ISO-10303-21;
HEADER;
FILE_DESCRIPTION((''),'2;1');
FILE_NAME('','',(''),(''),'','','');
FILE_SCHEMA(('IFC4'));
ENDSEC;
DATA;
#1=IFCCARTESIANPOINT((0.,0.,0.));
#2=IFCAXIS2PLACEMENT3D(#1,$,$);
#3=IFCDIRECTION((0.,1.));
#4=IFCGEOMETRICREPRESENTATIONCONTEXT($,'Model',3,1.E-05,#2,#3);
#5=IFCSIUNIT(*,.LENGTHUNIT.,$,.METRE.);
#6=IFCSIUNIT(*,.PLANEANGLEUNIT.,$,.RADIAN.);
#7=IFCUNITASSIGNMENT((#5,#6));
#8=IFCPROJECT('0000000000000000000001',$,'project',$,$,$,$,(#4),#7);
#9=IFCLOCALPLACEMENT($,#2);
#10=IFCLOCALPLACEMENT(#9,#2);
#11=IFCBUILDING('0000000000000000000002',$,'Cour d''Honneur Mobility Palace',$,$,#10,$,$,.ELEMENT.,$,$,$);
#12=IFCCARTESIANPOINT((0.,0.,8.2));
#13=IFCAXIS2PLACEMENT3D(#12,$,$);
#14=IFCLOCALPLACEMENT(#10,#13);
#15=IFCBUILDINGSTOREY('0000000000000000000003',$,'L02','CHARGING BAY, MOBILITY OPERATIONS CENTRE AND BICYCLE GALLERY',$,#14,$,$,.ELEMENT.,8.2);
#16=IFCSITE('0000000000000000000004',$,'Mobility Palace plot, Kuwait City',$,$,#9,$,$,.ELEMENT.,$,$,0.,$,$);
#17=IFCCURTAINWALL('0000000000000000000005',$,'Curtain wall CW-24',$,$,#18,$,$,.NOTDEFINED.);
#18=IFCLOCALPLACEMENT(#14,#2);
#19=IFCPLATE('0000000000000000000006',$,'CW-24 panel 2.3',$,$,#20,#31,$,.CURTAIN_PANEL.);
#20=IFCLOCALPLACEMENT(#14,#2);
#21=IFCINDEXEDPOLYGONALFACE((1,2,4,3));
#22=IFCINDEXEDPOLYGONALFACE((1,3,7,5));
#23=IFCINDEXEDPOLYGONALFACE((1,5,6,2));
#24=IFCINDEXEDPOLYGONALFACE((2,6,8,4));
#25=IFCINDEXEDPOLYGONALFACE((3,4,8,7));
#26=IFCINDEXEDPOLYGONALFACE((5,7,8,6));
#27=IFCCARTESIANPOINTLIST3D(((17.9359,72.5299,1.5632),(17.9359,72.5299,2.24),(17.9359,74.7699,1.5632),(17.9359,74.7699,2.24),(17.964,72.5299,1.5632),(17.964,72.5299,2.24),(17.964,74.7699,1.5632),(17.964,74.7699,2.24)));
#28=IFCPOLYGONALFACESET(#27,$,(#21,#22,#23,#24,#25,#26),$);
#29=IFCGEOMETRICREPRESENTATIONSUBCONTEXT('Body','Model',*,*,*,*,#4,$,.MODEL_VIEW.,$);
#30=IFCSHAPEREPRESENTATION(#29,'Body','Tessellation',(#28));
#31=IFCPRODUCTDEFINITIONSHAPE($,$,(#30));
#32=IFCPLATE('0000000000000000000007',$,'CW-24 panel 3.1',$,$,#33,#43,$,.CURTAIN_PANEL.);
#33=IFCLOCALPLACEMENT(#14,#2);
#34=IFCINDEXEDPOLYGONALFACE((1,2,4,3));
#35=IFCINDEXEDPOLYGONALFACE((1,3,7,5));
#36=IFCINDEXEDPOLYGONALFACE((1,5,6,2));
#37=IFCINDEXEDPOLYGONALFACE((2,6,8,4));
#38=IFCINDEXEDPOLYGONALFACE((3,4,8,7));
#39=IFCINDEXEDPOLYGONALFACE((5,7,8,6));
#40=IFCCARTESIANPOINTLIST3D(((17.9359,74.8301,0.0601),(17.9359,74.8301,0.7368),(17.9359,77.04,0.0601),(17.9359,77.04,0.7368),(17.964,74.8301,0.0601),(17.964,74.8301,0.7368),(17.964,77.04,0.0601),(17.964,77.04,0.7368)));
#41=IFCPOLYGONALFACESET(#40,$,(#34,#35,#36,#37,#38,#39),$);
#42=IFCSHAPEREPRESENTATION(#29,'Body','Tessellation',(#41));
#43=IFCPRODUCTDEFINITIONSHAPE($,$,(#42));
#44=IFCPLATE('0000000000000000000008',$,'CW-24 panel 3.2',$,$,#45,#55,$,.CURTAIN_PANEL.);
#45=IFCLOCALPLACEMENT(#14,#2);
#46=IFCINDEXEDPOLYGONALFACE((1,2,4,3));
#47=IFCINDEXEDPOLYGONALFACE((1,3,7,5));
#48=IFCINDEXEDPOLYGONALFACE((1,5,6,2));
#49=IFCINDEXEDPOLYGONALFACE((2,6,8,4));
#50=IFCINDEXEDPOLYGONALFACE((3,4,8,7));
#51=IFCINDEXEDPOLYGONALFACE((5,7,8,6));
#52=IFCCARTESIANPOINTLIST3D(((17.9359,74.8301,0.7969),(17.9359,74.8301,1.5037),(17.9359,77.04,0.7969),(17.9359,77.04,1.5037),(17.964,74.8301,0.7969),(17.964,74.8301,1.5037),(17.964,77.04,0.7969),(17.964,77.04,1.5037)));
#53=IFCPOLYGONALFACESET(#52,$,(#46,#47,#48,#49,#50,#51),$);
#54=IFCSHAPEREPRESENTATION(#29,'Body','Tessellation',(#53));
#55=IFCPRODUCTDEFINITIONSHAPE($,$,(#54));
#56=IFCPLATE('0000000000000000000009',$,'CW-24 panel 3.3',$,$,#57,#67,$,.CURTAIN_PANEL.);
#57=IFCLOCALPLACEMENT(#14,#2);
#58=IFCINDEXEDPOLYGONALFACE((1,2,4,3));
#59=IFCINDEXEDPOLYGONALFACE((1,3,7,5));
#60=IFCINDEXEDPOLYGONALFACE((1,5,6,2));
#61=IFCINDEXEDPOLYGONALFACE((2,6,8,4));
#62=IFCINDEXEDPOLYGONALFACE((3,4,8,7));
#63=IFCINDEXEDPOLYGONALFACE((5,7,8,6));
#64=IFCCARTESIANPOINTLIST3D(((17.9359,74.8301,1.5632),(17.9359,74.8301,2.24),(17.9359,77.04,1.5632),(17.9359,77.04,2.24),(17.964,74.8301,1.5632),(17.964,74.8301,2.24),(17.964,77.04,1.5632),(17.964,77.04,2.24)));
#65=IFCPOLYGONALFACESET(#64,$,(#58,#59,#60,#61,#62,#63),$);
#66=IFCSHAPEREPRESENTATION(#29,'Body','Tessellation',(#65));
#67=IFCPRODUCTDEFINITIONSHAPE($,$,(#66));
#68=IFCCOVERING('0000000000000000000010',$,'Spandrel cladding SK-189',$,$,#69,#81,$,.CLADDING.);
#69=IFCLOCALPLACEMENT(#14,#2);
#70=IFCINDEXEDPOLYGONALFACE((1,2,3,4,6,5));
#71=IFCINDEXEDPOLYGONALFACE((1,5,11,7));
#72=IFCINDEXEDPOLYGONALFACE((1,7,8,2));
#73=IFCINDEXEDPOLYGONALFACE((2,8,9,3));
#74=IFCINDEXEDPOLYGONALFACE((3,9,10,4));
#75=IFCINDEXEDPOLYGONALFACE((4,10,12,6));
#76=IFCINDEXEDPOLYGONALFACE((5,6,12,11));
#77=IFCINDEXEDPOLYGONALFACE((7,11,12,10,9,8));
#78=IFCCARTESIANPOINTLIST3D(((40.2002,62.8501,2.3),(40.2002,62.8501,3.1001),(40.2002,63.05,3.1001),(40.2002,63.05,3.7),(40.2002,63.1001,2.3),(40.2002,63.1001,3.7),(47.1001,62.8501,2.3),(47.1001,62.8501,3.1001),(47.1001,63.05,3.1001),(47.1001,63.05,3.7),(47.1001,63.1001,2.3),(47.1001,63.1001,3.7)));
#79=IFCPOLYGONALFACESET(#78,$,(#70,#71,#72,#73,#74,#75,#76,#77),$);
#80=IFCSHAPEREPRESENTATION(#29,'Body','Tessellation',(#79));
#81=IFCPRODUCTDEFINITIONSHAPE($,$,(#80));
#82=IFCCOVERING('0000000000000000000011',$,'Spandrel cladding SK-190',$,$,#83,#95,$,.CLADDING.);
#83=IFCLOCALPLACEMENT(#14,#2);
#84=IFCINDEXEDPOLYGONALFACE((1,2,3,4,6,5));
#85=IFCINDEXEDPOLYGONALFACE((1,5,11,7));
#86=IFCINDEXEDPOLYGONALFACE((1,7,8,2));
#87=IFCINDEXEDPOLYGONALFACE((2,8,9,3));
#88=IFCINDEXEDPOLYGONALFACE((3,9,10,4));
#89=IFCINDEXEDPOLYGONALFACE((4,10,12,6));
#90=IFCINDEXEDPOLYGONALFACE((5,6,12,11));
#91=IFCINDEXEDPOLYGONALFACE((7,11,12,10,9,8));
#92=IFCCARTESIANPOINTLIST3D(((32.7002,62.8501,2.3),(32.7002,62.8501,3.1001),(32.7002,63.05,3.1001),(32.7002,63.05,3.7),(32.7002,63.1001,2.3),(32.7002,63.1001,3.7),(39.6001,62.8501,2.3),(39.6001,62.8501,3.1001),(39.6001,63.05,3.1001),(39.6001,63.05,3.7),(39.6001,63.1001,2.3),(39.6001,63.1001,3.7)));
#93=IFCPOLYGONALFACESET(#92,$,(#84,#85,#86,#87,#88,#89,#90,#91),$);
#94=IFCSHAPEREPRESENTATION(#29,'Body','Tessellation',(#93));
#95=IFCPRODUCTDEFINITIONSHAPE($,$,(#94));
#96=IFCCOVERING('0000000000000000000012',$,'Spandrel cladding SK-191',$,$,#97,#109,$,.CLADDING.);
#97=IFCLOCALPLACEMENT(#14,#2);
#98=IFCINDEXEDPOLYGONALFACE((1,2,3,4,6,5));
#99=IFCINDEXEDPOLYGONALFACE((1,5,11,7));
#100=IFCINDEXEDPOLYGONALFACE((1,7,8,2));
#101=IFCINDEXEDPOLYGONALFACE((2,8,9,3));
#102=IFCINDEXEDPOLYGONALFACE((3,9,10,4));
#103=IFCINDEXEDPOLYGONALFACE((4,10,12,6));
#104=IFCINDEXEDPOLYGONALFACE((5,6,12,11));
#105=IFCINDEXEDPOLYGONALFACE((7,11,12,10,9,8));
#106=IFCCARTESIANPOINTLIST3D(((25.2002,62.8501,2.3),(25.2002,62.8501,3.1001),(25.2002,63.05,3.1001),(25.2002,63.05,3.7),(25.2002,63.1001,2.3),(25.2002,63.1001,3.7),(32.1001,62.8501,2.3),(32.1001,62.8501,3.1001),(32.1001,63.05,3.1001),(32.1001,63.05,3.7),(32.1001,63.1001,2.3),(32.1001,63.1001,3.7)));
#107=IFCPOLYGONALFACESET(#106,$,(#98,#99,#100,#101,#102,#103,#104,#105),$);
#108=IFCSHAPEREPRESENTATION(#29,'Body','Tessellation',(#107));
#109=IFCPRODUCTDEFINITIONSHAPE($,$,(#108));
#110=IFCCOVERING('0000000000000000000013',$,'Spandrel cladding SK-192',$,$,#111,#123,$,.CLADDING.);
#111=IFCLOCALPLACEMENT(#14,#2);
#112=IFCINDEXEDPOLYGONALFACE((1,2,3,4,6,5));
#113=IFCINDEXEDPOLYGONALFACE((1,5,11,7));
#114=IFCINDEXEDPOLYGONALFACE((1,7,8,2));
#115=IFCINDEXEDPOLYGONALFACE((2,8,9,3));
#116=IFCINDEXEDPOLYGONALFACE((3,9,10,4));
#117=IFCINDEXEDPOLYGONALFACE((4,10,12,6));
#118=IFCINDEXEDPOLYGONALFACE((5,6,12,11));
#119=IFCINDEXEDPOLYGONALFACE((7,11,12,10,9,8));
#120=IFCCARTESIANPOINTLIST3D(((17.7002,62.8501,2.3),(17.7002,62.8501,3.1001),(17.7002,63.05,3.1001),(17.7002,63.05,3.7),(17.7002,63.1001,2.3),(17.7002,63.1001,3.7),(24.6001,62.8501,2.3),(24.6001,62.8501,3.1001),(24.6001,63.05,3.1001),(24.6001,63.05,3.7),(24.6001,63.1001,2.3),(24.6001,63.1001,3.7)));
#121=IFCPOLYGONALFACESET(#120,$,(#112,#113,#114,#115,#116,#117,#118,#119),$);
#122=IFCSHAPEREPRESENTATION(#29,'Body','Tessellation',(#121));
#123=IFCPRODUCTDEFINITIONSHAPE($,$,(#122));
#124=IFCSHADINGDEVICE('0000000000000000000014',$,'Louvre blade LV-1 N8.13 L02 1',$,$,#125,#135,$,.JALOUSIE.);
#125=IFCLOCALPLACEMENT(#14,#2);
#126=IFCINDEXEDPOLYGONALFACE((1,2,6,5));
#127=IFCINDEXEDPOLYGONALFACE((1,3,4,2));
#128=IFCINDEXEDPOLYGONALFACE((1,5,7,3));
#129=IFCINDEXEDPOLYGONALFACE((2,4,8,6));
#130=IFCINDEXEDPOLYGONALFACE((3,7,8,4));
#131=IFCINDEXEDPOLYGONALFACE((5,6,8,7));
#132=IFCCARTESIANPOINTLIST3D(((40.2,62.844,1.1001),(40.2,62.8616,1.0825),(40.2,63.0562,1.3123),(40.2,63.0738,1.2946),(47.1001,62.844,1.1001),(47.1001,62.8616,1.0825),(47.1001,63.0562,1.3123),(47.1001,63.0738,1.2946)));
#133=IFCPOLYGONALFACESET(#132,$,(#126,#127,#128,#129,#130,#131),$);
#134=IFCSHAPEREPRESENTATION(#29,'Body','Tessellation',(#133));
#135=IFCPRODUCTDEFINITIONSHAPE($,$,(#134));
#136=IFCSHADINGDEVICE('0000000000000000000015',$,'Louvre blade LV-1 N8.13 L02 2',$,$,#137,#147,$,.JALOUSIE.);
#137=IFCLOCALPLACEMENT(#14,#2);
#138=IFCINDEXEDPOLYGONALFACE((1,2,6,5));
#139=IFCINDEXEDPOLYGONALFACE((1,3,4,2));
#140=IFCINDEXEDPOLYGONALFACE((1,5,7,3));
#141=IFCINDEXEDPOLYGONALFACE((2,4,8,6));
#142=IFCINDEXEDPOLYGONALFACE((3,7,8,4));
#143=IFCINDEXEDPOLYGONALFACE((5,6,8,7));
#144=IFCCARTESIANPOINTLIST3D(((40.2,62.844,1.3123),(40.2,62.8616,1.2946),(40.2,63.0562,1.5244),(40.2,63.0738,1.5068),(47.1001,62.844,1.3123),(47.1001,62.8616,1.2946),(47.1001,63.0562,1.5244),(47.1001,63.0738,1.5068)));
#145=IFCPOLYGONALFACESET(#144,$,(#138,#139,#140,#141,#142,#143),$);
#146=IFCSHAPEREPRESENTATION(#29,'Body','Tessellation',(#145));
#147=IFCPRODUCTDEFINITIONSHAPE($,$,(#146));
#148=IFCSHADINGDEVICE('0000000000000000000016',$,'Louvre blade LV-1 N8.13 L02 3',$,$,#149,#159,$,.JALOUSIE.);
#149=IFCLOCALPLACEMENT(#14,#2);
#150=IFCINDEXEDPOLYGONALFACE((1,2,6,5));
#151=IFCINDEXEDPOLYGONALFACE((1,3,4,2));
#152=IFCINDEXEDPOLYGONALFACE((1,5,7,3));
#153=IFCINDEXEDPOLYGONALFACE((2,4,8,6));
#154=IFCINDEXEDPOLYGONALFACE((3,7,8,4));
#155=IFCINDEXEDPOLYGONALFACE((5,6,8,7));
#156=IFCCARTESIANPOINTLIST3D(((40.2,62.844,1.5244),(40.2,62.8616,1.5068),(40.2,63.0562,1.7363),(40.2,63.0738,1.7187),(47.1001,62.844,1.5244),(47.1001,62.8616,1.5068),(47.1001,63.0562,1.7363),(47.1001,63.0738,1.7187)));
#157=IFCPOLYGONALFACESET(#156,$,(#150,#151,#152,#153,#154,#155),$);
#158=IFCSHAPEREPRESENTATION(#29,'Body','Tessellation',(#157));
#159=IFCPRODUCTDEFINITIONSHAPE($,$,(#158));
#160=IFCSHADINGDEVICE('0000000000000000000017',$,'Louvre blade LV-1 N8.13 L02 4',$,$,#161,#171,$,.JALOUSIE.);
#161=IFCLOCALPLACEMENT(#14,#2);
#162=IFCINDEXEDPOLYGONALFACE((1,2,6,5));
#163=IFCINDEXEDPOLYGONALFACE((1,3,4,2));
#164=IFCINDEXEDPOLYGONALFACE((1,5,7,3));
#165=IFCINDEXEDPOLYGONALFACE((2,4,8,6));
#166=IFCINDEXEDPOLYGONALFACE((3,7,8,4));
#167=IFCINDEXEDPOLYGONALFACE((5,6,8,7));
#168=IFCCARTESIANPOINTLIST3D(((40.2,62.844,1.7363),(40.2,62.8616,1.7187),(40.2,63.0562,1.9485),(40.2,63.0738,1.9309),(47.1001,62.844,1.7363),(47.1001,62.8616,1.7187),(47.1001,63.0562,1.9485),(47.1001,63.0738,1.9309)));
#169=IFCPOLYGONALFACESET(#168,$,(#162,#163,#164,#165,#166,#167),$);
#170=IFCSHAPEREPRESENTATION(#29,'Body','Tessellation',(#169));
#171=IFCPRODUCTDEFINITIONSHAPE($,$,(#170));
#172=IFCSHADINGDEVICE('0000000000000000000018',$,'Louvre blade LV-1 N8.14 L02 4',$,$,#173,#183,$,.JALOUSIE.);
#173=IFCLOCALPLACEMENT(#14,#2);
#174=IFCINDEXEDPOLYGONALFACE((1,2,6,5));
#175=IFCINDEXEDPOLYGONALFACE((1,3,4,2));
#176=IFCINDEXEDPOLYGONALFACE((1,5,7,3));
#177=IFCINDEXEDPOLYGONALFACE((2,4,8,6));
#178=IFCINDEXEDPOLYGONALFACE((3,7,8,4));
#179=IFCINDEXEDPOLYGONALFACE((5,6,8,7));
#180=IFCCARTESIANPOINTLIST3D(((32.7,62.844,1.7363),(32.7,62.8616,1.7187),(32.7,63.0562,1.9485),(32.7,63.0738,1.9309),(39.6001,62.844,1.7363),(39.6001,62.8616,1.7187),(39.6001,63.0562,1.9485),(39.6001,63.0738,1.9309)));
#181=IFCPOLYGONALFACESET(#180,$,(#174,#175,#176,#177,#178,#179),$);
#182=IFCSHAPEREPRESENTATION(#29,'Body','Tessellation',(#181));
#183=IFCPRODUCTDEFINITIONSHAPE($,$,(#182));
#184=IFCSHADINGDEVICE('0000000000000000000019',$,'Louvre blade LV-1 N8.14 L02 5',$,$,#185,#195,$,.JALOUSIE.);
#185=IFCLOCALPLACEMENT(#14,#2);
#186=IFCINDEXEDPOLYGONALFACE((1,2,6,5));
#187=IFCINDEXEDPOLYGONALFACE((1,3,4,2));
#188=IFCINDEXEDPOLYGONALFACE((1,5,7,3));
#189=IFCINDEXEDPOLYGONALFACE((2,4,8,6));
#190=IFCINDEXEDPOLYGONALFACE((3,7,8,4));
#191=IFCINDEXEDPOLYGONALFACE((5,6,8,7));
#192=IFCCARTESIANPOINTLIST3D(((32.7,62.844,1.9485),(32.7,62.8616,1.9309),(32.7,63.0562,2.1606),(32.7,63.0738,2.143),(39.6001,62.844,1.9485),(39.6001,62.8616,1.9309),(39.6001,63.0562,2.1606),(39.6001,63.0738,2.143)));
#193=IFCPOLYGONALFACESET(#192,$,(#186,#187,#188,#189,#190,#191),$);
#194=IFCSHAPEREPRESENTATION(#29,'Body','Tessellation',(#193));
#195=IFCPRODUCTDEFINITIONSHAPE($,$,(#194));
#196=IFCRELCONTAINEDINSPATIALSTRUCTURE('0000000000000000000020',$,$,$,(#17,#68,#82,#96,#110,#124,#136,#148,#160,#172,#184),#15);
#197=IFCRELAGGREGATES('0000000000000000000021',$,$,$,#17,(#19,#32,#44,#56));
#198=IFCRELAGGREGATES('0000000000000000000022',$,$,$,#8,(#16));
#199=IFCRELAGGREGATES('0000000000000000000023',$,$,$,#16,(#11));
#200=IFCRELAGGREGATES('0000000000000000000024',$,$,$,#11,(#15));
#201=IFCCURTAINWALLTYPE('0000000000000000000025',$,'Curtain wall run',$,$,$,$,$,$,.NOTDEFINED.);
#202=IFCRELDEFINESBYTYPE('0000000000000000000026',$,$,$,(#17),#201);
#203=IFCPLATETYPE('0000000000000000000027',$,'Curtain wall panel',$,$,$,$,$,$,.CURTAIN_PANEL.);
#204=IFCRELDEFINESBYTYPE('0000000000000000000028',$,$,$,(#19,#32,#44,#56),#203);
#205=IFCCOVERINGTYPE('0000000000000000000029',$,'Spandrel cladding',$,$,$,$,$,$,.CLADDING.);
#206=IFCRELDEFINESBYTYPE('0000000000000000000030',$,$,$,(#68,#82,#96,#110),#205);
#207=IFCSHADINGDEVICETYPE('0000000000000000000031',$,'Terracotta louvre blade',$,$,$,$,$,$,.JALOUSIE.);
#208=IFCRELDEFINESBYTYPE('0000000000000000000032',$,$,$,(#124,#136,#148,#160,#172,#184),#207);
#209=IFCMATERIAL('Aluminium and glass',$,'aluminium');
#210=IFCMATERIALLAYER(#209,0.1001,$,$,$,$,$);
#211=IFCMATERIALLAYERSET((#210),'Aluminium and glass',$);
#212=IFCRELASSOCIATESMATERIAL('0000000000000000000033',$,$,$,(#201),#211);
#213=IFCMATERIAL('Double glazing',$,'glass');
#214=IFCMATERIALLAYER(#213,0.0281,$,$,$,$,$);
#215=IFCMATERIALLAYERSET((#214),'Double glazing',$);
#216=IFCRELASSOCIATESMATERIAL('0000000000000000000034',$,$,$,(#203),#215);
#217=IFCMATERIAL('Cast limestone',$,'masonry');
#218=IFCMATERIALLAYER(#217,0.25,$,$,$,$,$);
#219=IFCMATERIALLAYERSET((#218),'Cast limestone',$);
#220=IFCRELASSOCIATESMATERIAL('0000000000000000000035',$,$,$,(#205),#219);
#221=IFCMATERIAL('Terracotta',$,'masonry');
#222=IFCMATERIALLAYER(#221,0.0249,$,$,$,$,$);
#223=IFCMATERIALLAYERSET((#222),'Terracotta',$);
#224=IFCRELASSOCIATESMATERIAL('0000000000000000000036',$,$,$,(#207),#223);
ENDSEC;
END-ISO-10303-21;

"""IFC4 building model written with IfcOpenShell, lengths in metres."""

from ifc_helpers import new_model, si_unit, direction, frame, origin, origin_2d, place, context, subcontext, project, spatial, polyline, rectangle, outline, extrude, material, layer, layer_set, type_object, element, aggregate, save


model = new_model("IFC4")

# Units and contexts
model_context = context("Model", 3, precision=1e-05, world=origin(), true_north=direction((0.0, 1.0)))
body_context = subcontext(model_context, "Body", "Model", "MODEL_VIEW")
ifc_project = project(units=[si_unit("LENGTHUNIT", "METRE"), si_unit("PLANEANGLEUNIT", "RADIAN")], contexts=[model_context])

# Site, building, storey
site_placement = place(None, origin())
site = spatial("IfcSite", under=ifc_project, at=site_placement, Name="Mobility Palace plot, Kuwait City", CompositionType="ELEMENT", RefElevation=0.0)
building_placement = place(site_placement, origin())
building = spatial("IfcBuilding", under=site, at=building_placement, Name="Cour d'Honneur Mobility Palace", CompositionType="ELEMENT")
storey_placement = place(building_placement, frame((0.0, 0.0, 8.2)))
storey = spatial("IfcBuildingStorey", under=building, at=storey_placement, Name="L02", Description="CHARGING BAY, MOBILITY OPERATIONS CENTRE AND BICYCLE GALLERY", CompositionType="ELEMENT", Elevation=8.2)

# Curtain wall
ifc_material_1 = material(Name="Aluminium and glass", Category="aluminium")
ifc_layer_1 = layer(ifc_material_1, 0.1001)
ifc_layer_set_1 = layer_set([ifc_layer_1], Name="Aluminium and glass")
curtain_wall_type = type_object("IfcCurtainWallType", Name="Curtain wall run", PredefinedType="NOTDEFINED", material=ifc_layer_set_1)
curtain_wall_1_placement = place(storey_placement, origin())
curtain_wall_1 = element("IfcCurtainWall", 1, at=curtain_wall_1_placement, inside=storey, type_object=curtain_wall_type, Name="Curtain wall CW-24", PredefinedType="NOTDEFINED")

# Plates
ifc_material_2 = material(Name="Double glazing", Category="glass")
ifc_layer_2 = layer(ifc_material_2, 0.0281)
ifc_layer_set_2 = layer_set([ifc_layer_2], Name="Double glazing")
plate_type = type_object("IfcPlateType", Name="Curtain wall panel", PredefinedType="CURTAIN_PANEL", material=ifc_layer_set_2)
plate_1_placement = place(storey_placement, frame((17.95, 73.6499, 1.5632), z_axis=(0.0, 0.0, 1.0), x_axis=(0.0, 1.0, 0.0)))
plate_1 = element("IfcPlate", 2, at=plate_1_placement, type_object=plate_type, Name="CW-24 panel 2.3", PredefinedType="CURTAIN_PANEL", context=body_context, shape_type="SweptSolid", body=[
    extrude(rectangle(XDim=2.24, YDim=0.0281, at=origin_2d()), origin(), (0.0, 0.0, 1.0), 0.6768),
])
plate_2_placement = place(storey_placement, frame((17.95, 75.9351, 0.0601), z_axis=(0.0, 0.0, 1.0), x_axis=(0.0, 1.0, 0.0)))
plate_2 = element("IfcPlate", 3, at=plate_2_placement, type_object=plate_type, Name="CW-24 panel 3.1", PredefinedType="CURTAIN_PANEL", context=body_context, shape_type="SweptSolid", body=[
    extrude(rectangle(XDim=2.21, YDim=0.0281, at=origin_2d()), origin(), (0.0, 0.0, 1.0), 0.6768),
])
plate_3_placement = place(storey_placement, frame((17.95, 75.9351, 0.7969), z_axis=(0.0, 0.0, 1.0), x_axis=(0.0, 1.0, 0.0)))
plate_3 = element("IfcPlate", 4, at=plate_3_placement, type_object=plate_type, Name="CW-24 panel 3.2", PredefinedType="CURTAIN_PANEL", context=body_context, shape_type="SweptSolid", body=[
    extrude(rectangle(XDim=2.21, YDim=0.0281, at=origin_2d()), origin(), (0.0, 0.0, 1.0), 0.7068),
])
plate_4_placement = place(storey_placement, frame((17.95, 75.9351, 1.5632), z_axis=(0.0, 0.0, 1.0), x_axis=(0.0, 1.0, 0.0)))
plate_4 = element("IfcPlate", 5, at=plate_4_placement, type_object=plate_type, Name="CW-24 panel 3.3", PredefinedType="CURTAIN_PANEL", context=body_context, shape_type="SweptSolid", body=[
    extrude(rectangle(XDim=2.21, YDim=0.0281, at=origin_2d()), origin(), (0.0, 0.0, 1.0), 0.6768),
])
aggregate(curtain_wall_1, [plate_1, plate_2, plate_3, plate_4])

# Coverings
ifc_material_3 = material(Name="Cast limestone", Category="masonry")
ifc_layer_3 = layer(ifc_material_3, 0.25)
ifc_layer_set_3 = layer_set([ifc_layer_3], Name="Cast limestone")
covering_type = type_object("IfcCoveringType", Name="Spandrel cladding", PredefinedType="CLADDING", material=ifc_layer_set_3)
for number, where, z_axis, x_axis, name in (
    (6, (47.1001, 62.8501, 2.3), (1.0, 0.0, 0.0), (0.0, 1.0, 0.0), "Spandrel cladding SK-189"),
    (7, (39.6001, 62.8501, 2.3), (1.0, 0.0, 0.0), (0.0, 1.0, 0.0), "Spandrel cladding SK-190"),
    (8, (32.1001, 62.8501, 2.3), (1.0, 0.0, 0.0), (0.0, 1.0, 0.0), "Spandrel cladding SK-191"),
    (9, (24.6001, 62.8501, 2.3), (1.0, 0.0, 0.0), (0.0, 1.0, 0.0), "Spandrel cladding SK-192"),
):
    element("IfcCovering", number, at=place(storey_placement, frame(where, z_axis=z_axis, x_axis=x_axis)), inside=storey, type_object=covering_type, Name=name, PredefinedType="CLADDING", context=body_context, shape_type="SweptSolid", body=[
        extrude(outline(polyline([(0.0, 0.0), (0.25, 0.0), (0.25, 1.3999), (0.2, 1.3999), (0.2, 0.8), (0.0, 0.8), (0.0, 0.0)])), origin(), (0.0, 0.0, -1.0), 6.8999),
    ])

# Shading devices
ifc_material_4 = material(Name="Terracotta", Category="masonry")
ifc_layer_4 = layer(ifc_material_4, 0.0249)
ifc_layer_set_4 = layer_set([ifc_layer_4], Name="Terracotta")
shading_device_type = type_object("IfcShadingDeviceType", Name="Terracotta louvre blade", PredefinedType="JALOUSIE", material=ifc_layer_set_4)
for number, where, z_axis, x_axis, name in (
    (10, (47.1001, 62.844, 1.1001), (0.0, -0.707107, 0.707107), (-1.0, 0.0, 0.0), "Louvre blade LV-1 N8.13 L02 1"),
    (11, (47.1001, 62.844, 1.3123), (0.0, -0.707107, 0.707107), (-1.0, 0.0, 0.0), "Louvre blade LV-1 N8.13 L02 2"),
):
    element("IfcShadingDevice", number, at=place(storey_placement, frame(where, z_axis=z_axis, x_axis=x_axis)), inside=storey, type_object=shading_device_type, Name=name, PredefinedType="JALOUSIE", context=body_context, shape_type="SweptSolid", body=[
        extrude(outline(polyline([(0.0, 0.0), (6.9001, 0.0), (6.9001, -0.3), (0.0, -0.3), (0.0, 0.0)])), origin(), (0.0, 0.0, -1.0), 0.0249),
    ])
shading_device_placement = place(storey_placement, frame((47.1001, 62.844, 1.5244), z_axis=(0.0, -0.7067, 0.707514), x_axis=(-1.0, 0.0, 0.0)))
element("IfcShadingDevice", 12, at=shading_device_placement, inside=storey, type_object=shading_device_type, Name="Louvre blade LV-1 N8.13 L02 3", PredefinedType="JALOUSIE", context=body_context, shape_type="SweptSolid", body=[
    extrude(outline(polyline([(0.0, 0.0), (6.9001, 0.0), (6.9001, -0.2999), (0.0, -0.2999), (0.0, 0.0)])), origin(), (0.0, 0.0, -1.0), 0.0249),
])
for number, where, z_axis, x_axis, name in (
    (13, (47.1001, 62.844, 1.7363), (0.0, -0.707107, 0.707107), (-1.0, 0.0, 0.0), "Louvre blade LV-1 N8.13 L02 4"),
    (14, (39.6001, 62.844, 1.7363), (0.0, -0.707107, 0.707107), (-1.0, 0.0, 0.0), "Louvre blade LV-1 N8.14 L02 4"),
    (15, (39.6001, 62.844, 1.9485), (0.0, -0.707107, 0.707107), (-1.0, 0.0, 0.0), "Louvre blade LV-1 N8.14 L02 5"),
):
    element("IfcShadingDevice", number, at=place(storey_placement, frame(where, z_axis=z_axis, x_axis=x_axis)), inside=storey, type_object=shading_device_type, Name=name, PredefinedType="JALOUSIE", context=body_context, shape_type="SweptSolid", body=[
        extrude(outline(polyline([(0.0, 0.0), (6.9001, 0.0), (6.9001, -0.3), (0.0, -0.3), (0.0, 0.0)])), origin(), (0.0, 0.0, -1.0), 0.0249),
    ])

save(model, "model.ifc")
